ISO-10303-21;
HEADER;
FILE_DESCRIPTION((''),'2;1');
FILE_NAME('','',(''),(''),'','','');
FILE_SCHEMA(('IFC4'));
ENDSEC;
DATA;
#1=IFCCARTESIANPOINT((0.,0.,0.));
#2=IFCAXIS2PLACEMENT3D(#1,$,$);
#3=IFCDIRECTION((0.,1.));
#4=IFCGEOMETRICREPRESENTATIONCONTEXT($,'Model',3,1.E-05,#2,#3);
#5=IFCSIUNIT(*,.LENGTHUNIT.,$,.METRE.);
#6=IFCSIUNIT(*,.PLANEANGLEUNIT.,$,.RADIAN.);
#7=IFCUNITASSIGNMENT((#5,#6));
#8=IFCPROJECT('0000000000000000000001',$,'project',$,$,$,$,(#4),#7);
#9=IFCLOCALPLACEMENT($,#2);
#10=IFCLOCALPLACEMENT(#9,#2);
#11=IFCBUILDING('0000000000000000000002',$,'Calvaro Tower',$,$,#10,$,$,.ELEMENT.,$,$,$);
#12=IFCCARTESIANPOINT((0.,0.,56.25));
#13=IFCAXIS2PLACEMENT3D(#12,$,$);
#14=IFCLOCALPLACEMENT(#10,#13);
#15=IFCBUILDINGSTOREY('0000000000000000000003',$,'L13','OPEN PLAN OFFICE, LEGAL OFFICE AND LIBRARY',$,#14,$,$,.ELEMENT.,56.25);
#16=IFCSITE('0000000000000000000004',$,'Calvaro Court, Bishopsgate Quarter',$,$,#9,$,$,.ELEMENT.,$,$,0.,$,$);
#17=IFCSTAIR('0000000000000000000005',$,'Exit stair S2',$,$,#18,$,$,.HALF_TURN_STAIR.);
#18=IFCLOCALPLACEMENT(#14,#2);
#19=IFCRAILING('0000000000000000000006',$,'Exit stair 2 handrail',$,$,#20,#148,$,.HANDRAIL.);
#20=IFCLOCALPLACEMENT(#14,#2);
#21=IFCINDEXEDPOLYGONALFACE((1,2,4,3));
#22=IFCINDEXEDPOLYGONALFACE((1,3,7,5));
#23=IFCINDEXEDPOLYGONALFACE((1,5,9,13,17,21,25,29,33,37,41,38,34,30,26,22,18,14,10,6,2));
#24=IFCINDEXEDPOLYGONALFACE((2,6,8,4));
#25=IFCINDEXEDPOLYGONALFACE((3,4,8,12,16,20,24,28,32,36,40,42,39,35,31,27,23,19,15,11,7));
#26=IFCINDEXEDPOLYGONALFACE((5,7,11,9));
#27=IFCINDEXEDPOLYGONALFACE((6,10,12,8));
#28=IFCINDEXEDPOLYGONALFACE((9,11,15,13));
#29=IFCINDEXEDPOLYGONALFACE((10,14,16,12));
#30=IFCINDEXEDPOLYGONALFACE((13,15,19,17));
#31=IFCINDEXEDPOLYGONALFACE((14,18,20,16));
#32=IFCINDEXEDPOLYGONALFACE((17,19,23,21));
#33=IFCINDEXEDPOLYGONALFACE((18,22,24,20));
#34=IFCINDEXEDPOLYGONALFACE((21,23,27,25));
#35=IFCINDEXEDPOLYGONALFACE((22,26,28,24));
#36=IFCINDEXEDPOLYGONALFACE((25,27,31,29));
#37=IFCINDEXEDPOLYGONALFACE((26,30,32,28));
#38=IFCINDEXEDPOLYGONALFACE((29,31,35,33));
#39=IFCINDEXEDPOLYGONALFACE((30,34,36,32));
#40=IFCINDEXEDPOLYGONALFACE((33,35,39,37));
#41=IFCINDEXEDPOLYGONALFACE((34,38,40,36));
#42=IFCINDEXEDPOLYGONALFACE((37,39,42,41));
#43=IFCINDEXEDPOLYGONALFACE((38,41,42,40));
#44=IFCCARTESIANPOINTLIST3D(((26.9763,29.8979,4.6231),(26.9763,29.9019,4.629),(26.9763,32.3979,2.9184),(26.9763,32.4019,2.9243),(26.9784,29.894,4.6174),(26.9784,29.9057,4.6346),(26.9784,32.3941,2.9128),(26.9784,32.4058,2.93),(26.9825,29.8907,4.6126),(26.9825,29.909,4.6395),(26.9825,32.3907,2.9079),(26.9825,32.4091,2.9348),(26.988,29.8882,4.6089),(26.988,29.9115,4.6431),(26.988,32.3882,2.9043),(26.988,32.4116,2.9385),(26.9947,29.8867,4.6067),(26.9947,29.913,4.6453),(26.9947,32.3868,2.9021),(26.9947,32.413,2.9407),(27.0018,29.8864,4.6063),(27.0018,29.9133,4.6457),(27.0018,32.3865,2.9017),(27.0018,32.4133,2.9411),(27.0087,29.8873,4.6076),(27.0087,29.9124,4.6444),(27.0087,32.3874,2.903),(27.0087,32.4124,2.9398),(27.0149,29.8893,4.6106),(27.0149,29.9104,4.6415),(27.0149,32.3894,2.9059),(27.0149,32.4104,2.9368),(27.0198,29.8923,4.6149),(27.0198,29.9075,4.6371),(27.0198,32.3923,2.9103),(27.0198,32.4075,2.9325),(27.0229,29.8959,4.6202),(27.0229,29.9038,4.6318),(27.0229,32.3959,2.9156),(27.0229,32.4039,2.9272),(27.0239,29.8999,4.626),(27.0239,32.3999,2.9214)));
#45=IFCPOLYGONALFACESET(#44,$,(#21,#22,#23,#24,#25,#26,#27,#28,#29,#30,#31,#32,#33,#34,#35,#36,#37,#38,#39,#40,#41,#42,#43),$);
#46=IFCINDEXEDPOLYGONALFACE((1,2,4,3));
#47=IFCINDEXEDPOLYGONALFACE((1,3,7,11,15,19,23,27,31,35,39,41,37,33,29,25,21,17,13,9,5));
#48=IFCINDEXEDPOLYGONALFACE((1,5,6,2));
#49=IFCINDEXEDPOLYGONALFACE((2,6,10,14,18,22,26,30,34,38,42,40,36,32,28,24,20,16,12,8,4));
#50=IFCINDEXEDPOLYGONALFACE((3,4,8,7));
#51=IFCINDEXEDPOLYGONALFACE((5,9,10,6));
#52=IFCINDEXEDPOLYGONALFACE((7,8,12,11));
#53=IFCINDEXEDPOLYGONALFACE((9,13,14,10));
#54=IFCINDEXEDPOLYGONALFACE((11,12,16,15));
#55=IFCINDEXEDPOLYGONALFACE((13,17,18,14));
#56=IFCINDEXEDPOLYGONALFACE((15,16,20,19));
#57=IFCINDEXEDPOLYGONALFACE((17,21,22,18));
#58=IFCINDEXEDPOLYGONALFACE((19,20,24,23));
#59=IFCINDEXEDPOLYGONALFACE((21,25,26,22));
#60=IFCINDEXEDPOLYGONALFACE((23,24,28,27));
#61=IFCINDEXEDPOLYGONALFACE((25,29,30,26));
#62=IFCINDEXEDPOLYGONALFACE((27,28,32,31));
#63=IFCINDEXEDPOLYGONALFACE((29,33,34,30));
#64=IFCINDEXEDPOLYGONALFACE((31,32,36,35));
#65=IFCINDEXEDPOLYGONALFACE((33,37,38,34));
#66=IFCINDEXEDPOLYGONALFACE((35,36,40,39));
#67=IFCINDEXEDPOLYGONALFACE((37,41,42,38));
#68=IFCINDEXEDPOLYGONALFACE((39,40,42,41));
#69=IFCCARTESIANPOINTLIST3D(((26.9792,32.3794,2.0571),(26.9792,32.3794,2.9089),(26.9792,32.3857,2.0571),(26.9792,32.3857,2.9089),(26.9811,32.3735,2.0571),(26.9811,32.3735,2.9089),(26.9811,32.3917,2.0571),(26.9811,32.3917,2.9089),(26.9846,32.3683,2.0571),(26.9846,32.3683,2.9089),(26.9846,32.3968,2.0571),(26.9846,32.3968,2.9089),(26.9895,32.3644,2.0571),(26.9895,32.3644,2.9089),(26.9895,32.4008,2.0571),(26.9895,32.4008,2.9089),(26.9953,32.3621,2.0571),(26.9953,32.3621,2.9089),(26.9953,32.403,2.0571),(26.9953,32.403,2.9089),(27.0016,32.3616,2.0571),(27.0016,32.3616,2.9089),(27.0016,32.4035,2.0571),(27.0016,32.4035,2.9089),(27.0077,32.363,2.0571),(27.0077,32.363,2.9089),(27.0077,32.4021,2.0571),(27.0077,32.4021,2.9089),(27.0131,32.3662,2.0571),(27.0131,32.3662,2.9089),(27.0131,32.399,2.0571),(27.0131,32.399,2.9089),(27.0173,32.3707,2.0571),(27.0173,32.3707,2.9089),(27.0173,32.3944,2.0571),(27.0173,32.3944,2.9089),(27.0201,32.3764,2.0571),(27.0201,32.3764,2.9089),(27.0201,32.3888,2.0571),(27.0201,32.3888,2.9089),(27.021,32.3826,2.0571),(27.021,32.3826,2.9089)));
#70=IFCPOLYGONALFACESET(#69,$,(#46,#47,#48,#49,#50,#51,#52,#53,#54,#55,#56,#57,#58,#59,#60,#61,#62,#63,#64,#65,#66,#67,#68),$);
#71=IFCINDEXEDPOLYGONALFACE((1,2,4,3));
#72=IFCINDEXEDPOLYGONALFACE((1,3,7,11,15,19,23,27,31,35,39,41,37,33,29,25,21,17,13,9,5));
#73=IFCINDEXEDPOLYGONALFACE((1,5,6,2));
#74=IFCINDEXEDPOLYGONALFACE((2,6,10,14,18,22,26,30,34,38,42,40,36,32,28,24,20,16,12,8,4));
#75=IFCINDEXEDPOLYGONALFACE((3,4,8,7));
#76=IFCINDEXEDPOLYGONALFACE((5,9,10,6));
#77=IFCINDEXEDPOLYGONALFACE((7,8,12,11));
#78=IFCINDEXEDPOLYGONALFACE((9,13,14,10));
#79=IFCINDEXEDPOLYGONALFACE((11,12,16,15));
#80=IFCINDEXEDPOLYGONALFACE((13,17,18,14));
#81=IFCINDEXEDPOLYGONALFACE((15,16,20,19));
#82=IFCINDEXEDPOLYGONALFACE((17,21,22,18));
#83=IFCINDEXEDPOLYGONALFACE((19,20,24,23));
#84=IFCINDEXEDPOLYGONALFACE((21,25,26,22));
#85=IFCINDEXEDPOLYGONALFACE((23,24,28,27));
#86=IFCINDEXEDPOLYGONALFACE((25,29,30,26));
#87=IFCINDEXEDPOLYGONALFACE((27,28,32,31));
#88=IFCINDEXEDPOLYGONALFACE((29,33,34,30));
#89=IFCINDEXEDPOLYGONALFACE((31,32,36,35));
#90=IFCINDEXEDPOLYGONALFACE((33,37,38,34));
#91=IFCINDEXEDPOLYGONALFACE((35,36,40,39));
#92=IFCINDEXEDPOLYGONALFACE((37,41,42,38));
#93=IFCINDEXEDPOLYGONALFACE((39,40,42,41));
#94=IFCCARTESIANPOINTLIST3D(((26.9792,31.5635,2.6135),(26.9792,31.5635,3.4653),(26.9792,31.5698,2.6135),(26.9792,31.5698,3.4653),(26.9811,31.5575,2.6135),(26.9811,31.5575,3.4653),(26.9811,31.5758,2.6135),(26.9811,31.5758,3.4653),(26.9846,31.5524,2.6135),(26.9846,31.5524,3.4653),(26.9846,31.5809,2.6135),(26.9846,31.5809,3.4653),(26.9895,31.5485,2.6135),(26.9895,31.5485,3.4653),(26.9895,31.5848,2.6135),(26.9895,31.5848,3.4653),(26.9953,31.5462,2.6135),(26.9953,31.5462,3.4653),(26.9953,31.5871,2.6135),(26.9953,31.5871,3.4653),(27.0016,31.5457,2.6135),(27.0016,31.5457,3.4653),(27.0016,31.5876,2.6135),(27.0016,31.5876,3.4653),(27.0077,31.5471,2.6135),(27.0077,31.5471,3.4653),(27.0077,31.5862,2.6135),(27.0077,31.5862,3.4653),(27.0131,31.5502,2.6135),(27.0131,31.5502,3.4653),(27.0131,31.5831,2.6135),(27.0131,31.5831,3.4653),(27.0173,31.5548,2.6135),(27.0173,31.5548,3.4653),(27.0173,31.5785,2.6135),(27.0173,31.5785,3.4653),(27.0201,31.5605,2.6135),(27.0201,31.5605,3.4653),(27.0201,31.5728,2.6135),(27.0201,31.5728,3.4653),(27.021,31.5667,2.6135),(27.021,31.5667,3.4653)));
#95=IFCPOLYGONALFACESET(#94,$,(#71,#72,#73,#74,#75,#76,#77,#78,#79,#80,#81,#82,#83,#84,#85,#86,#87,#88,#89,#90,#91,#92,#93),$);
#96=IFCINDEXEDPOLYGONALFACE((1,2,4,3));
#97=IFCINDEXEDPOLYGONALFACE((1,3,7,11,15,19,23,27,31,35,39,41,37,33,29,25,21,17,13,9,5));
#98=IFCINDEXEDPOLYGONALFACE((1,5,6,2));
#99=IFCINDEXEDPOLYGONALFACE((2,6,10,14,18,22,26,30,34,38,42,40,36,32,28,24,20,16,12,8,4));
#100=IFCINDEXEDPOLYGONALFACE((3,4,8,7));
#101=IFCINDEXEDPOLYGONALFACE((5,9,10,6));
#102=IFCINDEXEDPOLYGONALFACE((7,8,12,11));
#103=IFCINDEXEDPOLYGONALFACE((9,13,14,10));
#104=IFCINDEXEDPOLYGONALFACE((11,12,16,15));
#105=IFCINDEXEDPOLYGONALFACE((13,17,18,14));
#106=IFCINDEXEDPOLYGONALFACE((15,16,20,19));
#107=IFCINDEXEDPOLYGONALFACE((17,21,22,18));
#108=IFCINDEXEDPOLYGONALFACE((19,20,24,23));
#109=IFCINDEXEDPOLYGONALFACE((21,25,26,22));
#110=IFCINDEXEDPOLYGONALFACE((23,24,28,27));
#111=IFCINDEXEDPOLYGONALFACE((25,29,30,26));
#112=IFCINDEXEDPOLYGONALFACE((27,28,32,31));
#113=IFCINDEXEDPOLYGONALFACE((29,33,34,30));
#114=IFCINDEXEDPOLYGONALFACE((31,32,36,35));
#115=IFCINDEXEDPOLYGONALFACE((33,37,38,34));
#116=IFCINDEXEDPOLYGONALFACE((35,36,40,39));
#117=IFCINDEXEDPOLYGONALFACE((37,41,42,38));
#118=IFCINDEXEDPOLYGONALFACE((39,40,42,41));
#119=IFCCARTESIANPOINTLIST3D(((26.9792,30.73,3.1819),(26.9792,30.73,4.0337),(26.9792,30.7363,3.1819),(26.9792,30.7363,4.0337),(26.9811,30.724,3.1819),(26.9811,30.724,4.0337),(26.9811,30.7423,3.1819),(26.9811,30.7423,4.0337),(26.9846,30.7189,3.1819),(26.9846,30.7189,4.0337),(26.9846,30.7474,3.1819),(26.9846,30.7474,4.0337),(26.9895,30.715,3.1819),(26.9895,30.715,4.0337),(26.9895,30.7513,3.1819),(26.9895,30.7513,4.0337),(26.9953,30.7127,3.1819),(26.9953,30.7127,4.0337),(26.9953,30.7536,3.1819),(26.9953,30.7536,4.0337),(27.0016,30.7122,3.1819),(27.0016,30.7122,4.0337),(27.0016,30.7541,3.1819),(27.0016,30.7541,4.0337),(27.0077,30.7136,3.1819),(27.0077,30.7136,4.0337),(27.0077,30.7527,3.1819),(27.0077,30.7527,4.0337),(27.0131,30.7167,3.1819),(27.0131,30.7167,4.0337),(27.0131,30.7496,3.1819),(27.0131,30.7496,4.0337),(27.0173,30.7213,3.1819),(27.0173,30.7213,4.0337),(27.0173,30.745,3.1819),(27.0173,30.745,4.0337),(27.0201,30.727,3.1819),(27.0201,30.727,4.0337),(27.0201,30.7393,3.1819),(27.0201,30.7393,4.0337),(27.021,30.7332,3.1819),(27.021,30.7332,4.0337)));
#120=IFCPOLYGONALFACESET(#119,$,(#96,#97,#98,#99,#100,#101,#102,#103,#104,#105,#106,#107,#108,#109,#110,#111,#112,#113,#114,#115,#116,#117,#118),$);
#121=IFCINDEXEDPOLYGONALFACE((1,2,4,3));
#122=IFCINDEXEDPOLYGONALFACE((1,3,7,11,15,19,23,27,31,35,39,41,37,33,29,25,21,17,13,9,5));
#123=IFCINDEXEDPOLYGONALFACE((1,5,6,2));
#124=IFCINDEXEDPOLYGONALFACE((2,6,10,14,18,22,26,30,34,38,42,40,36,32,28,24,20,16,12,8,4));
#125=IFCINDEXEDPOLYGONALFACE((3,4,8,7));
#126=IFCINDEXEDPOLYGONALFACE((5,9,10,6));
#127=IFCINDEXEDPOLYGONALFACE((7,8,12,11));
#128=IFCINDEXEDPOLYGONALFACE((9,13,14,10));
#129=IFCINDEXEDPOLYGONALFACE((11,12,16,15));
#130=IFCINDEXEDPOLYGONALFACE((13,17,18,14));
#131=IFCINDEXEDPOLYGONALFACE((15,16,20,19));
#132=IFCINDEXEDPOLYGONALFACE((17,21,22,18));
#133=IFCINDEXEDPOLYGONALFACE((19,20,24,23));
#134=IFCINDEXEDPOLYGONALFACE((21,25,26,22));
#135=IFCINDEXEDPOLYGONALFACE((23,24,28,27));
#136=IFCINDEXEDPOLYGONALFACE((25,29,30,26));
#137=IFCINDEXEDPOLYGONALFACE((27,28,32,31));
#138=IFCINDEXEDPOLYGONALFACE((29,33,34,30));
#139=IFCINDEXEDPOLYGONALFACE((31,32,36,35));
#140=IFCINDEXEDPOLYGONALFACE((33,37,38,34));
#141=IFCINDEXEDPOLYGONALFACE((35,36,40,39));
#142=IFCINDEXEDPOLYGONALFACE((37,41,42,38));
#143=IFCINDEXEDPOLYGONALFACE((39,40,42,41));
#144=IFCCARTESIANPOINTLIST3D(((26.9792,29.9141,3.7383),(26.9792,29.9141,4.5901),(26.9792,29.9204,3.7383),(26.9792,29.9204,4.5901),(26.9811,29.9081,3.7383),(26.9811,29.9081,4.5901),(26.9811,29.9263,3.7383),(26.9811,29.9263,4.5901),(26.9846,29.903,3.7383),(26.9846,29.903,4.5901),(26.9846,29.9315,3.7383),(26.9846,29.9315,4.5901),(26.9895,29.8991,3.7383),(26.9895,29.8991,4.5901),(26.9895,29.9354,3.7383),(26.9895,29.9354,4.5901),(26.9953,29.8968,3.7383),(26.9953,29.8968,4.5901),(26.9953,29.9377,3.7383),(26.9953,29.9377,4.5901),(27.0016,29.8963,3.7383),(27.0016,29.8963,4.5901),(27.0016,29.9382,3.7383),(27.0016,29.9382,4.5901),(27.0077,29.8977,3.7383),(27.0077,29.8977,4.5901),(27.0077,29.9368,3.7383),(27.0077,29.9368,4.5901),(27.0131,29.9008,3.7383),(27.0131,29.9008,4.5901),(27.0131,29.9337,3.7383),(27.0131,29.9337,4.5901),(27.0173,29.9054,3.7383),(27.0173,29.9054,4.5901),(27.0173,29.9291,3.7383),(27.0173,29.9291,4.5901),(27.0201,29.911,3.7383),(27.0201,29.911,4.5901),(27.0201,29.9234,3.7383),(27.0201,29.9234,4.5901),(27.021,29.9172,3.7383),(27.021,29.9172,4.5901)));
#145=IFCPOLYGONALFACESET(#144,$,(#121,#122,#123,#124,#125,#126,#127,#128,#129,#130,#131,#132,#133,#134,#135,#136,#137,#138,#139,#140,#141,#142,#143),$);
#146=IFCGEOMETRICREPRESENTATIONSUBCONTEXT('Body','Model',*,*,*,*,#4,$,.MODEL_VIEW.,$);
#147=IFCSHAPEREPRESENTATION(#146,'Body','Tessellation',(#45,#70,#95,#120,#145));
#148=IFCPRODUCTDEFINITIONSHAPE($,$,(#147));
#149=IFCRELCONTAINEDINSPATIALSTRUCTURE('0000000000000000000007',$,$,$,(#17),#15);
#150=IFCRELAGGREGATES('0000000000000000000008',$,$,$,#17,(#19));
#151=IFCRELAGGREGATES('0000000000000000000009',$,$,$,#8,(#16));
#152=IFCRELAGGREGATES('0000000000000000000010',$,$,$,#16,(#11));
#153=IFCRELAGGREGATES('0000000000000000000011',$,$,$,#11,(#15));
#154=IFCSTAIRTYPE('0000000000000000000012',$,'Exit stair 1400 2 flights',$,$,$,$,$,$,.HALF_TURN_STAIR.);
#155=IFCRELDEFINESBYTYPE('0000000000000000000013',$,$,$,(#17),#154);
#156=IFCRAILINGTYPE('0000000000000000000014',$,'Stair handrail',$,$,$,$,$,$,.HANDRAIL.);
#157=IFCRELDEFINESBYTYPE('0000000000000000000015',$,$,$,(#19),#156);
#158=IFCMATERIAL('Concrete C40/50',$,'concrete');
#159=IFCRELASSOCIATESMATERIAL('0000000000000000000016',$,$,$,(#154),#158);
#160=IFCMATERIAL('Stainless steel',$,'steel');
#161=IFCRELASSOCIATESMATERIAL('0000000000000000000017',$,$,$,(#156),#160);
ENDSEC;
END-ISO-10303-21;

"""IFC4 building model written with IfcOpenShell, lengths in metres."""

from ifc_helpers import new_model, si_unit, direction, frame, origin, origin_2d, place, context, subcontext, project, spatial, circle, extrude, material, type_object, element, aggregate, save


model = new_model("IFC4")

# Units and contexts
model_context = context("Model", 3, precision=1e-05, world=origin(), true_north=direction((0.0, 1.0)))
body_context = subcontext(model_context, "Body", "Model", "MODEL_VIEW")
ifc_project = project(units=[si_unit("LENGTHUNIT", "METRE"), si_unit("PLANEANGLEUNIT", "RADIAN")], contexts=[model_context])

# Site, building, storey
site_placement = place(None, origin())
site = spatial("IfcSite", under=ifc_project, at=site_placement, Name="Calvaro Court, Bishopsgate Quarter", CompositionType="ELEMENT", RefElevation=0.0)
building_placement = place(site_placement, origin())
building = spatial("IfcBuilding", under=site, at=building_placement, Name="Calvaro Tower", CompositionType="ELEMENT")
storey_placement = place(building_placement, frame((0.0, 0.0, 56.25)))
storey = spatial("IfcBuildingStorey", under=building, at=storey_placement, Name="L13", Description="OPEN PLAN OFFICE, LEGAL OFFICE AND LIBRARY", CompositionType="ELEMENT", Elevation=56.25)

# Stair, railing
ifc_material_1 = material(Name="Concrete C40/50", Category="concrete")
stair_type = type_object("IfcStairType", Name="Exit stair 1400 2 flights", PredefinedType="HALF_TURN_STAIR", material=ifc_material_1)
stair_placement = place(storey_placement, origin())
stair = element("IfcStair", 1, at=stair_placement, inside=storey, type_object=stair_type, Name="Exit stair S2", PredefinedType="HALF_TURN_STAIR")
ifc_material_2 = material(Name="Stainless steel", Category="steel")
railing_type = type_object("IfcRailingType", Name="Stair handrail", PredefinedType="HANDRAIL", material=ifc_material_2)
railing_1_placement = place(storey_placement, frame((27.0, 32.3999, 2.0454)))
railing_1 = element("IfcRailing", 2, at=railing_1_placement, type_object=railing_type, Name="Exit stair 2 handrail", PredefinedType="HANDRAIL", context=body_context, shape_type="SweptSolid", body=[
    extrude(circle(Radius=0.0239, at=origin_2d()), frame((0.0, 0.0, 0.876), z_axis=(0.0, -0.826221, 0.563347), x_axis=(1.0, 0.0, 0.0)), (0.0, 0.0, 1.0), 3.0259),
    extrude(circle(Radius=0.021, at=origin_2d()), frame((0.0, -0.0173, 0.0117)), (0.0, 0.0, 1.0), 0.8518),
    extrude(circle(Radius=0.021, at=origin_2d()), frame((0.0, -0.8333, 0.5681)), (0.0, 0.0, 1.0), 0.8518),
    extrude(circle(Radius=0.021, at=origin_2d()), frame((0.0, -1.6667, 1.1365)), (0.0, 0.0, 1.0), 0.8518),
    extrude(circle(Radius=0.021, at=origin_2d()), frame((0.0, -2.4827, 1.6929)), (0.0, 0.0, 1.0), 0.8518),
])
aggregate(stair, [railing_1])

save(model, "model.ifc")
